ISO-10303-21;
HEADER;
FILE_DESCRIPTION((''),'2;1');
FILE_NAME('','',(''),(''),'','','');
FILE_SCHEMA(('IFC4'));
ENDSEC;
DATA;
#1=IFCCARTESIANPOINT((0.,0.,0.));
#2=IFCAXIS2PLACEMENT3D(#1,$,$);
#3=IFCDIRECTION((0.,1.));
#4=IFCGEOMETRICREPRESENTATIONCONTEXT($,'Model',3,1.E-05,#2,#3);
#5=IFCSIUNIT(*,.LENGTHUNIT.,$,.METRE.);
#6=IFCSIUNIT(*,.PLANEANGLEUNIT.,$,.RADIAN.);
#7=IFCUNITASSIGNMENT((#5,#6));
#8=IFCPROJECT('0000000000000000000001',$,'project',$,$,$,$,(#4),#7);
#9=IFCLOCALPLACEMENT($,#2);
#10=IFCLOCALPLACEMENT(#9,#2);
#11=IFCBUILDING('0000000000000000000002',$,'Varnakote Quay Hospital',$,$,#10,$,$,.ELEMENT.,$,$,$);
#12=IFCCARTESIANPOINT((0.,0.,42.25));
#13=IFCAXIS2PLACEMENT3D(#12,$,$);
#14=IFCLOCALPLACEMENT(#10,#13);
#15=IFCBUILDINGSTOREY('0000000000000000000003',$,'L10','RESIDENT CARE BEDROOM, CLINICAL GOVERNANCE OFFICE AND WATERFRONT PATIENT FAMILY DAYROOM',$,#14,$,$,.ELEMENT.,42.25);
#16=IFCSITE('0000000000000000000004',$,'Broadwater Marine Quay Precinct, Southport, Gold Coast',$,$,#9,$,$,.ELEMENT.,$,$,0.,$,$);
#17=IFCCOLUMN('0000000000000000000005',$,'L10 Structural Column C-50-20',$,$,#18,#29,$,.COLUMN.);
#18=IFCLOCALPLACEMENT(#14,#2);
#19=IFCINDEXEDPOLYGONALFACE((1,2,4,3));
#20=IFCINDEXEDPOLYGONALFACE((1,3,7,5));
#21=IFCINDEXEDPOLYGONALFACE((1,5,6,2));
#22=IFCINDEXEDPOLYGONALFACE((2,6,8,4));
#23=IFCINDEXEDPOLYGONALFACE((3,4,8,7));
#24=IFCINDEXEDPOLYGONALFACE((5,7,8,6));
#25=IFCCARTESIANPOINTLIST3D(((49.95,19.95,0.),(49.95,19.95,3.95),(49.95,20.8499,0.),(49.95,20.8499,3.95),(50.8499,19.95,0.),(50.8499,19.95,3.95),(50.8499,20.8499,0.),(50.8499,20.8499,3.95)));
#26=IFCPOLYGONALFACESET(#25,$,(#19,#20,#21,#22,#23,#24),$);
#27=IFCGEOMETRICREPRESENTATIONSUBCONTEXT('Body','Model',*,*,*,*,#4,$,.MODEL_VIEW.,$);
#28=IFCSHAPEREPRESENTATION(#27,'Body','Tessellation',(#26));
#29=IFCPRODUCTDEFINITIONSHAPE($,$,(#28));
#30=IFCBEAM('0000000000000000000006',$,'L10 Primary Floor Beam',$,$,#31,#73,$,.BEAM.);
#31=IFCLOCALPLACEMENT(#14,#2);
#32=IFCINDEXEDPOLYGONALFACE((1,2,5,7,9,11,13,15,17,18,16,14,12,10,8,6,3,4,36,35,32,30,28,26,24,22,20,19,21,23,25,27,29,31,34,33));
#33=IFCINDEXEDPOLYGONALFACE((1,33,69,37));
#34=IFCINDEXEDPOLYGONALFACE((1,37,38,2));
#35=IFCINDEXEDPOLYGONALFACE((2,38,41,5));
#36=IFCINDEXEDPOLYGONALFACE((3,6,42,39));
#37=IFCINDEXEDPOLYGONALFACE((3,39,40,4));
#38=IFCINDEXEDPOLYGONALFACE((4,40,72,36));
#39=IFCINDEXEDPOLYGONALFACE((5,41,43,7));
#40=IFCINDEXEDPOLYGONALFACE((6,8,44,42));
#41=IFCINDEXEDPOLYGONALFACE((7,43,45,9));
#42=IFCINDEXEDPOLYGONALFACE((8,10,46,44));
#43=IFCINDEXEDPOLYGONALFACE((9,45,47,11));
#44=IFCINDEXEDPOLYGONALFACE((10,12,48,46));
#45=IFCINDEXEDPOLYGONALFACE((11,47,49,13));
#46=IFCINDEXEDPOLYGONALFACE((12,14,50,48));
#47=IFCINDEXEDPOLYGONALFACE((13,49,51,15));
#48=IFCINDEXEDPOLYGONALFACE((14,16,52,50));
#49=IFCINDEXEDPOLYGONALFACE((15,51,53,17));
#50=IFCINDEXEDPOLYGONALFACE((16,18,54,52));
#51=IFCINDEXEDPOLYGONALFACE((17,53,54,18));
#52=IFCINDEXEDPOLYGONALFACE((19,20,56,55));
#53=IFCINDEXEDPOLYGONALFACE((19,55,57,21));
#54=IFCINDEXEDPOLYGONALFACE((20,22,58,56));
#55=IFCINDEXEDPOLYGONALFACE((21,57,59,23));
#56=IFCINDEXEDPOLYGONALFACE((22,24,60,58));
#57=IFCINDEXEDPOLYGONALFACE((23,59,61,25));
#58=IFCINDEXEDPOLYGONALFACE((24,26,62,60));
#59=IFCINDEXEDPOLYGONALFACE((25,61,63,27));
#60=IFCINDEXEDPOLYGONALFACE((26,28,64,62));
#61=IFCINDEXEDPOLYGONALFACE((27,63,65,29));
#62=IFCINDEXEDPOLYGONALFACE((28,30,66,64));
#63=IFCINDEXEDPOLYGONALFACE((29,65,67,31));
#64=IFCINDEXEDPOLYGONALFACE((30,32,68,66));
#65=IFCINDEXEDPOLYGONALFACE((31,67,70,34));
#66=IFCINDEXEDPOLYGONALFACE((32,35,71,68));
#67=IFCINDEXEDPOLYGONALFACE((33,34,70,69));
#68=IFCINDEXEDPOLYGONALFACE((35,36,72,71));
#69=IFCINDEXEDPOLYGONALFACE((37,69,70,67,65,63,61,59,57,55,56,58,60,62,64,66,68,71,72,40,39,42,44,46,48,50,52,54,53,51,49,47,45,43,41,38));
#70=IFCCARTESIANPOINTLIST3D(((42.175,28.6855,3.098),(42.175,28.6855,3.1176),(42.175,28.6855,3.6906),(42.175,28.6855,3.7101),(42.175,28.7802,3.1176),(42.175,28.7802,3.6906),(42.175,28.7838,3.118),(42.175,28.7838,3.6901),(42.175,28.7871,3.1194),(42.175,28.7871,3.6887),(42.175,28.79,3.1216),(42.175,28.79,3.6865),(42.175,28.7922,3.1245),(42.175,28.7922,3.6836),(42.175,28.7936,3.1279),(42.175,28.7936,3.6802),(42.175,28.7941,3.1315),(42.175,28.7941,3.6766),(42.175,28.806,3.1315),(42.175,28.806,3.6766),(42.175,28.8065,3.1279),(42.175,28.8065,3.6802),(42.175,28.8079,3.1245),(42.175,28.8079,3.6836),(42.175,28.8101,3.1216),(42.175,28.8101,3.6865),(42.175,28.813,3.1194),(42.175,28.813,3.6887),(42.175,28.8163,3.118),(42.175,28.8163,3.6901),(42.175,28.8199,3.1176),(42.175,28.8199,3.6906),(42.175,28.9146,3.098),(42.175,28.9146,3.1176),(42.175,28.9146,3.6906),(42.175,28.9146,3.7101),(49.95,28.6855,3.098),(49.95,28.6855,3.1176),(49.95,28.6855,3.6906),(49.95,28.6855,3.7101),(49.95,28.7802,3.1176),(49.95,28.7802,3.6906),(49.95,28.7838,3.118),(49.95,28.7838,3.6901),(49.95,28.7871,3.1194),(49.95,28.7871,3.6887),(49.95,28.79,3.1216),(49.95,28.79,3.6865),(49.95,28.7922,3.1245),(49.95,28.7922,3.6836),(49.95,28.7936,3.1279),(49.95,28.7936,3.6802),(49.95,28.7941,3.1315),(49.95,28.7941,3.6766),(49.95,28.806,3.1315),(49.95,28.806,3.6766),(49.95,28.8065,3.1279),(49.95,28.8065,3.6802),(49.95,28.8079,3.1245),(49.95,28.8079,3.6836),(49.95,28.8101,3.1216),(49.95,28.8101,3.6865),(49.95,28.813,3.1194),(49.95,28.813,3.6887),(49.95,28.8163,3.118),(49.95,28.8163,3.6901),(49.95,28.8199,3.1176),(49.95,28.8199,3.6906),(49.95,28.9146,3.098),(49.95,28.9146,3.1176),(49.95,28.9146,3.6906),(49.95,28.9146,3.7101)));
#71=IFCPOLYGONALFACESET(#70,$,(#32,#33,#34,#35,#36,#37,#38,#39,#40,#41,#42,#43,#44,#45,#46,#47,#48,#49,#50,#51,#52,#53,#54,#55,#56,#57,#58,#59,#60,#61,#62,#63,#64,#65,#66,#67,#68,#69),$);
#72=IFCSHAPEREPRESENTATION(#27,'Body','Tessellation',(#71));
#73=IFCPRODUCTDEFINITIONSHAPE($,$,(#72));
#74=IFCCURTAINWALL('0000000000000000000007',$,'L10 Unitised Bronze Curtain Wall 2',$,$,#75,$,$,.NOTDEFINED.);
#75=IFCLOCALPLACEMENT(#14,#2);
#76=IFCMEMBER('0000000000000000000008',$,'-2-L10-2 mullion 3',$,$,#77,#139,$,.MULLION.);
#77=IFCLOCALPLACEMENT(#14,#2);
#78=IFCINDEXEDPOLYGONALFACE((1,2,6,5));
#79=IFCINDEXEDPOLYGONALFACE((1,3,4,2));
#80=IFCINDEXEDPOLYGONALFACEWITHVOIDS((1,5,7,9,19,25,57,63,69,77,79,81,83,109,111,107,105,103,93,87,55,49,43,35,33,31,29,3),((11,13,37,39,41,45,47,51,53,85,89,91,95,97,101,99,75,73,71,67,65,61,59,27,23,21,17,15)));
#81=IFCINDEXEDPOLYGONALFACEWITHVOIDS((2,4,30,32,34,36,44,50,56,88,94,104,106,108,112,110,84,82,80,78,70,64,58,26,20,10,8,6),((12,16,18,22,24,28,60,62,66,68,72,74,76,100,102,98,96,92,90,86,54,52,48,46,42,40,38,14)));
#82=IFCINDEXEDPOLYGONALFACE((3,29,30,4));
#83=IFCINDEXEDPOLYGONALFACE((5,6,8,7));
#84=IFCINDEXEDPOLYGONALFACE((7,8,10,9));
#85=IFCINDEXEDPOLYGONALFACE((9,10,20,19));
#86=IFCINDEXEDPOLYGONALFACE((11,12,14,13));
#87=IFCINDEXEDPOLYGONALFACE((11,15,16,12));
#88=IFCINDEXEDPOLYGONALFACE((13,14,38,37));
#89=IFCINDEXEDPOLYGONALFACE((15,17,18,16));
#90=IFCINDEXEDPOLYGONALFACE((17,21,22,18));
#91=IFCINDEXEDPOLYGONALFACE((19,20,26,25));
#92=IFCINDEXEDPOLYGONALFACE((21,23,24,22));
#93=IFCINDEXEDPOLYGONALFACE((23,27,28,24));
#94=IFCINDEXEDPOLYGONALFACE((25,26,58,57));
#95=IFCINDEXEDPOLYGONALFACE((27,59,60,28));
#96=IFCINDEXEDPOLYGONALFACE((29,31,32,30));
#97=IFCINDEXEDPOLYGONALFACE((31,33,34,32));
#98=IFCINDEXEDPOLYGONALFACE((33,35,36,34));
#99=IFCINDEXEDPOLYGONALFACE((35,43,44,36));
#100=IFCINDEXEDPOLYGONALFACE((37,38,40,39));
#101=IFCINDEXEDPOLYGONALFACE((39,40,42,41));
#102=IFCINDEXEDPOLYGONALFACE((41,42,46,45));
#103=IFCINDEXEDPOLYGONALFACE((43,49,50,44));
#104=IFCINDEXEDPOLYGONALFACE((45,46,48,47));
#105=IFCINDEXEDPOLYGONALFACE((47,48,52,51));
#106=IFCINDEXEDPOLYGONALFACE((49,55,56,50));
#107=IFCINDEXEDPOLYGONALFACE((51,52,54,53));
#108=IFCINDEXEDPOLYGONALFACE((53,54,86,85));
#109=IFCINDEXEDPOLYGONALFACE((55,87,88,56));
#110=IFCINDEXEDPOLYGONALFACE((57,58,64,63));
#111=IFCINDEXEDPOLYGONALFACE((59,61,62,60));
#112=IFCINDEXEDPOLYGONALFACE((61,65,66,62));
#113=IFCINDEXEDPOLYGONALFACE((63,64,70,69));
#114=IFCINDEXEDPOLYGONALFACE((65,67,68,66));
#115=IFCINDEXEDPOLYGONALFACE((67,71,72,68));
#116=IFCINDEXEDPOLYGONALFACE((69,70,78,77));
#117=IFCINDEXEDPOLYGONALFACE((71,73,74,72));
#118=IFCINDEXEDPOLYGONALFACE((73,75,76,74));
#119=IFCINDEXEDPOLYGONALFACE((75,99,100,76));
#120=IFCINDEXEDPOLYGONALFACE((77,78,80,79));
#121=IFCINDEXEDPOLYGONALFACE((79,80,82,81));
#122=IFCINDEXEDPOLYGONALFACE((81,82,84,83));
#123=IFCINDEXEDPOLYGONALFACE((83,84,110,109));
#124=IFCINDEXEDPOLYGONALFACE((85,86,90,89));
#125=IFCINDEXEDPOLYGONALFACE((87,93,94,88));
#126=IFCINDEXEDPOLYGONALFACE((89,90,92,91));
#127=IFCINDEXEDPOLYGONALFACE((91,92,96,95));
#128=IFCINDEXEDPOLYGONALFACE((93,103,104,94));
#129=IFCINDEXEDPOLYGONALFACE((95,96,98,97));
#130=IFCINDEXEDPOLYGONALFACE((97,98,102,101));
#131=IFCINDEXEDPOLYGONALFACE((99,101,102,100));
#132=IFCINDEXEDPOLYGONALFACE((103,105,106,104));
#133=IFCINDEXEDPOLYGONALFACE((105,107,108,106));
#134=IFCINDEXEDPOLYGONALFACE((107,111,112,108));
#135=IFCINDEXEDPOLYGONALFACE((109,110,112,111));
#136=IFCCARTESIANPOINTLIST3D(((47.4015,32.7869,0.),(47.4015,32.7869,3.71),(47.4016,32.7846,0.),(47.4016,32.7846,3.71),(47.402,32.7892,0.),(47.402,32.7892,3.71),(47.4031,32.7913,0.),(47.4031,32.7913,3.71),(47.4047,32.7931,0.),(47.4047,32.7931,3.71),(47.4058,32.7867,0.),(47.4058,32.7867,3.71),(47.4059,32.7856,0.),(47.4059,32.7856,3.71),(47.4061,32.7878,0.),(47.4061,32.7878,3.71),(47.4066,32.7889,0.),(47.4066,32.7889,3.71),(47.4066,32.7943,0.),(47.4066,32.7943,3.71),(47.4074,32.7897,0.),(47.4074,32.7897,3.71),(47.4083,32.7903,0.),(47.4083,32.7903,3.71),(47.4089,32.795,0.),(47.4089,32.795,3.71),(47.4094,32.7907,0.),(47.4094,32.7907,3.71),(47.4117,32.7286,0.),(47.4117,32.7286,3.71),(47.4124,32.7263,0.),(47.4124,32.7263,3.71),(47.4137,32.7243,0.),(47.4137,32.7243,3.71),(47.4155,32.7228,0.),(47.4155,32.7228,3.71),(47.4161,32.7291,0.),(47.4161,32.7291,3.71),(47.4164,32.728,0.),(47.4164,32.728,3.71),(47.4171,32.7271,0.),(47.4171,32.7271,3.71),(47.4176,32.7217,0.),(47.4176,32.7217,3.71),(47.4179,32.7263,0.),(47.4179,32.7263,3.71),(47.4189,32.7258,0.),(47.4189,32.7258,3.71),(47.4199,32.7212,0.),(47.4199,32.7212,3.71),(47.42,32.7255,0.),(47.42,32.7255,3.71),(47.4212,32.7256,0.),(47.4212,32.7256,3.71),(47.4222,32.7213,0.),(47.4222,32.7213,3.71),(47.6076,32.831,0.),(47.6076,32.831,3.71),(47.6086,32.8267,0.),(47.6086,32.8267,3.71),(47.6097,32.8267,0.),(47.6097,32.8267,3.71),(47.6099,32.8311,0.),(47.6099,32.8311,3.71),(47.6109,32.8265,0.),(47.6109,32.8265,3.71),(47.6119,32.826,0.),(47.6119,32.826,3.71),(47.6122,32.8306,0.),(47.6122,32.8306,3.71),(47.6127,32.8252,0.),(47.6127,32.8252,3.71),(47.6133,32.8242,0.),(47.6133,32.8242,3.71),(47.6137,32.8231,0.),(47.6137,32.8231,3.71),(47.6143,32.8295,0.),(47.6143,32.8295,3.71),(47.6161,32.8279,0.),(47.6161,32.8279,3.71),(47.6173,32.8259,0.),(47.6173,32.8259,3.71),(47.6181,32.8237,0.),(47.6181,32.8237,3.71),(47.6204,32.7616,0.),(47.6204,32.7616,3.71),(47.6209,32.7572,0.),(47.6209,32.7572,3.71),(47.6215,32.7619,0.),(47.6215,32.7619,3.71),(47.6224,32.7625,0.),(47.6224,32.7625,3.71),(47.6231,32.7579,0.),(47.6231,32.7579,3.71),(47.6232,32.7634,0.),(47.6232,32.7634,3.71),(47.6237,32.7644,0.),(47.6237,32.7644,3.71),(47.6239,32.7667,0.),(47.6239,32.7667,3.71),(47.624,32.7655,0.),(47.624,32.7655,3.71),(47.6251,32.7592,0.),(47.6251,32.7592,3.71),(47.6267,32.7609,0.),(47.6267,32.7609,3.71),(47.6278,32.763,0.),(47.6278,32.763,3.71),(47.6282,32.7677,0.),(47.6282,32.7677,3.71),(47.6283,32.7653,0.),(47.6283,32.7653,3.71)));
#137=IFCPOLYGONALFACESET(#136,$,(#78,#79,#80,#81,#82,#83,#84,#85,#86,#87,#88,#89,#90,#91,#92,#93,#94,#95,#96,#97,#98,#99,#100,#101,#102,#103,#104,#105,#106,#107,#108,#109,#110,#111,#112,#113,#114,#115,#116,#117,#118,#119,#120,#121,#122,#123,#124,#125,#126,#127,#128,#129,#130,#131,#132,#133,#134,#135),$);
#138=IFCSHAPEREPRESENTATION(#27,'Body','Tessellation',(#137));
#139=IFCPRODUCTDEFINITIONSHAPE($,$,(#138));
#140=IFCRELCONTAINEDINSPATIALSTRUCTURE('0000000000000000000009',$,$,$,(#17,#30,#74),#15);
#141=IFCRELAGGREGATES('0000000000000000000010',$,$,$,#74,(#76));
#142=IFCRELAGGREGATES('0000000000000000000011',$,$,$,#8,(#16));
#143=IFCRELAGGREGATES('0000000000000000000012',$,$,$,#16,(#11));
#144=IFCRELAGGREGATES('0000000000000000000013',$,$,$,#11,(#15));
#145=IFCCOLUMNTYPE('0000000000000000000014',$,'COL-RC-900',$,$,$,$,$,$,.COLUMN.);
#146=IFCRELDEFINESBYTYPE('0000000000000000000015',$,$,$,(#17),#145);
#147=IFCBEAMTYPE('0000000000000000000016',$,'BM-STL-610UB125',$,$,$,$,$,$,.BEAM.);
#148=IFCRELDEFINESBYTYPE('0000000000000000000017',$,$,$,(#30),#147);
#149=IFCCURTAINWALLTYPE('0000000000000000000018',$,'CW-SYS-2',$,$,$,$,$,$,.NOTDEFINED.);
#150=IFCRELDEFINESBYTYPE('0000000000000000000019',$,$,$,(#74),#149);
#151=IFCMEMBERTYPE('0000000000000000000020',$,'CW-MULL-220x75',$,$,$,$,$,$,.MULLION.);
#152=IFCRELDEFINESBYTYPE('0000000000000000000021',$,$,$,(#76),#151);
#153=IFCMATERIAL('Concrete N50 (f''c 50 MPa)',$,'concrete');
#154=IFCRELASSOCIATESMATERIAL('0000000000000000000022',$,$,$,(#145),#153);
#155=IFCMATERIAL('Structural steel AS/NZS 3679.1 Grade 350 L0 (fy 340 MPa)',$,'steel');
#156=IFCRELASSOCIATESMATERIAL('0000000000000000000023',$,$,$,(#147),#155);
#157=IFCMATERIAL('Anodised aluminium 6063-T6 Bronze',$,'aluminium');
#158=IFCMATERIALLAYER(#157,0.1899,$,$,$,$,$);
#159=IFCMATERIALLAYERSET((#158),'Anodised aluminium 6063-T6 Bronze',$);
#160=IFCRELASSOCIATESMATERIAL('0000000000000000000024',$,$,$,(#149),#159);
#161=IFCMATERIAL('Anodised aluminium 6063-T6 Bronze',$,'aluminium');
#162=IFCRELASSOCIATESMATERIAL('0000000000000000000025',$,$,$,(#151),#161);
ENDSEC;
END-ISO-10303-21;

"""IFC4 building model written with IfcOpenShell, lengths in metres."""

from ifc_helpers import new_model, si_unit, direction, frame, origin, origin_2d, place, context, subcontext, project, spatial, rectangle, hollow_rectangle, i_section, extrude, material, layer, layer_set, material_profile, profile_set, type_object, element, aggregate, save


model = new_model("IFC4")

# Units and contexts
model_context = context("Model", 3, precision=1e-05, world=origin(), true_north=direction((0.0, 1.0)))
body_context = subcontext(model_context, "Body", "Model", "MODEL_VIEW")
ifc_project = project(units=[si_unit("LENGTHUNIT", "METRE"), si_unit("PLANEANGLEUNIT", "RADIAN")], contexts=[model_context])

# Site, building, storey
site_placement = place(None, origin())
site = spatial("IfcSite", under=ifc_project, at=site_placement, Name="Broadwater Marine Quay Precinct, Southport, Gold Coast", CompositionType="ELEMENT", RefElevation=0.0)
building_placement = place(site_placement, origin())
building = spatial("IfcBuilding", under=site, at=building_placement, Name="Varnakote Quay Hospital", CompositionType="ELEMENT")
storey_placement = place(building_placement, frame((0.0, 0.0, 42.25)))
storey = spatial("IfcBuildingStorey", under=building, at=storey_placement, Name="L10", Description="RESIDENT CARE BEDROOM, CLINICAL GOVERNANCE OFFICE AND WATERFRONT PATIENT FAMILY DAYROOM", CompositionType="ELEMENT", Elevation=42.25)

# Column
ifc_material_1 = material(Name="Concrete N50 (f'c 50 MPa)", Category="concrete")
ifc_material_profile_1 = material_profile(ifc_material_1, rectangle(XDim=0.8999, YDim=0.8999, at=origin_2d()), Name="RC-COL-900x900")
ifc_profile_set_1 = profile_set([ifc_material_profile_1], Name="Concrete N50 (f'c 50 MPa)")
column_type = type_object("IfcColumnType", Name="COL-RC-900", PredefinedType="COLUMN", material=ifc_profile_set_1)
column_placement = place(storey_placement, frame((50.3999, 20.3999, 0.0), z_axis=(0.0, 0.0, 1.0), x_axis=(1.0, 0.0, 0.0)))
element("IfcColumn", 1, at=column_placement, inside=storey, type_object=column_type, Name="L10 Structural Column C-50-20", PredefinedType="COLUMN", context=body_context, shape_type="SweptSolid", body=[
    extrude(rectangle(XDim=0.8999, YDim=0.8999, at=origin_2d()), origin(), (0.0, 0.0, 1.0), 3.95),
])

# Beam
ifc_material_2 = material(Name="Structural steel AS/NZS 3679.1 Grade 350 L0 (fy 340 MPa)", Category="steel")
ifc_material_profile_2 = material_profile(ifc_material_2, i_section(OverallWidth=0.229, OverallDepth=0.6121, WebThickness=0.012, FlangeThickness=0.0195, FilletRadius=0.0139, at=origin_2d()), Name="610UB125")
ifc_profile_set_2 = profile_set([ifc_material_profile_2], Name="Structural steel AS/NZS 3679.1 Grade 350 L0 (fy 340 MPa)")
beam_type = type_object("IfcBeamType", Name="BM-STL-610UB125", PredefinedType="BEAM", material=ifc_profile_set_2)
beam_placement = place(storey_placement, frame((42.175, 28.8, 3.4041), z_axis=(1.0, 0.0, 0.0), x_axis=(0.0, 1.0, 0.0)))
element("IfcBeam", 2, at=beam_placement, inside=storey, type_object=beam_type, Name="L10 Primary Floor Beam", PredefinedType="BEAM", context=body_context, shape_type="SweptSolid", body=[
    extrude(i_section(OverallWidth=0.229, OverallDepth=0.6121, WebThickness=0.012, FlangeThickness=0.0195, FilletRadius=0.0139, at=origin_2d()), origin(), (0.0, 0.0, 1.0), 7.7749),
])

# Curtain wall, member
ifc_material_3 = material(Name="Anodised aluminium 6063-T6 Bronze", Category="aluminium")
ifc_layer_1 = layer(ifc_material_3, 0.1899)
ifc_layer_set_1 = layer_set([ifc_layer_1], Name="Anodised aluminium 6063-T6 Bronze")
curtain_wall_type = type_object("IfcCurtainWallType", Name="CW-SYS-2", PredefinedType="NOTDEFINED", material=ifc_layer_set_1)
curtain_wall_placement = place(storey_placement, origin())
curtain_wall = element("IfcCurtainWall", 3, at=curtain_wall_placement, inside=storey, type_object=curtain_wall_type, Name="L10 Unitised Bronze Curtain Wall 2", PredefinedType="NOTDEFINED")
ifc_material_4 = material(Name="Anodised aluminium 6063-T6 Bronze", Category="aluminium")
ifc_material_profile_3 = material_profile(ifc_material_4, hollow_rectangle(XDim=0.075, YDim=0.22, WallThickness=0.0044, InnerFilletRadius=0.0044, OuterFilletRadius=0.009, at=origin_2d()), Name="CW-MULL-220x75")
ifc_profile_set_3 = profile_set([ifc_material_profile_3], Name="Anodised aluminium 6063-T6 Bronze")
member_type_1 = type_object("IfcMemberType", Name="CW-MULL-220x75", PredefinedType="MULLION", material=ifc_profile_set_3)
member_1_placement = place(storey_placement, frame((47.5149, 32.7761, 0.0), z_axis=(0.0, 0.0, 1.0), x_axis=(0.177846, -0.984058, 0.0)))
member_1 = element("IfcMember", 4, at=member_1_placement, type_object=member_type_1, Name="-2-L10-2 mullion 3", PredefinedType="MULLION", context=body_context, shape_type="SweptSolid", body=[
    extrude(hollow_rectangle(XDim=0.075, YDim=0.22, WallThickness=0.0044, InnerFilletRadius=0.0044, OuterFilletRadius=0.009, at=origin_2d()), origin(), (0.0, 0.0, 1.0), 3.71),
])
aggregate(curtain_wall, [member_1])

save(model, "model.ifc")
